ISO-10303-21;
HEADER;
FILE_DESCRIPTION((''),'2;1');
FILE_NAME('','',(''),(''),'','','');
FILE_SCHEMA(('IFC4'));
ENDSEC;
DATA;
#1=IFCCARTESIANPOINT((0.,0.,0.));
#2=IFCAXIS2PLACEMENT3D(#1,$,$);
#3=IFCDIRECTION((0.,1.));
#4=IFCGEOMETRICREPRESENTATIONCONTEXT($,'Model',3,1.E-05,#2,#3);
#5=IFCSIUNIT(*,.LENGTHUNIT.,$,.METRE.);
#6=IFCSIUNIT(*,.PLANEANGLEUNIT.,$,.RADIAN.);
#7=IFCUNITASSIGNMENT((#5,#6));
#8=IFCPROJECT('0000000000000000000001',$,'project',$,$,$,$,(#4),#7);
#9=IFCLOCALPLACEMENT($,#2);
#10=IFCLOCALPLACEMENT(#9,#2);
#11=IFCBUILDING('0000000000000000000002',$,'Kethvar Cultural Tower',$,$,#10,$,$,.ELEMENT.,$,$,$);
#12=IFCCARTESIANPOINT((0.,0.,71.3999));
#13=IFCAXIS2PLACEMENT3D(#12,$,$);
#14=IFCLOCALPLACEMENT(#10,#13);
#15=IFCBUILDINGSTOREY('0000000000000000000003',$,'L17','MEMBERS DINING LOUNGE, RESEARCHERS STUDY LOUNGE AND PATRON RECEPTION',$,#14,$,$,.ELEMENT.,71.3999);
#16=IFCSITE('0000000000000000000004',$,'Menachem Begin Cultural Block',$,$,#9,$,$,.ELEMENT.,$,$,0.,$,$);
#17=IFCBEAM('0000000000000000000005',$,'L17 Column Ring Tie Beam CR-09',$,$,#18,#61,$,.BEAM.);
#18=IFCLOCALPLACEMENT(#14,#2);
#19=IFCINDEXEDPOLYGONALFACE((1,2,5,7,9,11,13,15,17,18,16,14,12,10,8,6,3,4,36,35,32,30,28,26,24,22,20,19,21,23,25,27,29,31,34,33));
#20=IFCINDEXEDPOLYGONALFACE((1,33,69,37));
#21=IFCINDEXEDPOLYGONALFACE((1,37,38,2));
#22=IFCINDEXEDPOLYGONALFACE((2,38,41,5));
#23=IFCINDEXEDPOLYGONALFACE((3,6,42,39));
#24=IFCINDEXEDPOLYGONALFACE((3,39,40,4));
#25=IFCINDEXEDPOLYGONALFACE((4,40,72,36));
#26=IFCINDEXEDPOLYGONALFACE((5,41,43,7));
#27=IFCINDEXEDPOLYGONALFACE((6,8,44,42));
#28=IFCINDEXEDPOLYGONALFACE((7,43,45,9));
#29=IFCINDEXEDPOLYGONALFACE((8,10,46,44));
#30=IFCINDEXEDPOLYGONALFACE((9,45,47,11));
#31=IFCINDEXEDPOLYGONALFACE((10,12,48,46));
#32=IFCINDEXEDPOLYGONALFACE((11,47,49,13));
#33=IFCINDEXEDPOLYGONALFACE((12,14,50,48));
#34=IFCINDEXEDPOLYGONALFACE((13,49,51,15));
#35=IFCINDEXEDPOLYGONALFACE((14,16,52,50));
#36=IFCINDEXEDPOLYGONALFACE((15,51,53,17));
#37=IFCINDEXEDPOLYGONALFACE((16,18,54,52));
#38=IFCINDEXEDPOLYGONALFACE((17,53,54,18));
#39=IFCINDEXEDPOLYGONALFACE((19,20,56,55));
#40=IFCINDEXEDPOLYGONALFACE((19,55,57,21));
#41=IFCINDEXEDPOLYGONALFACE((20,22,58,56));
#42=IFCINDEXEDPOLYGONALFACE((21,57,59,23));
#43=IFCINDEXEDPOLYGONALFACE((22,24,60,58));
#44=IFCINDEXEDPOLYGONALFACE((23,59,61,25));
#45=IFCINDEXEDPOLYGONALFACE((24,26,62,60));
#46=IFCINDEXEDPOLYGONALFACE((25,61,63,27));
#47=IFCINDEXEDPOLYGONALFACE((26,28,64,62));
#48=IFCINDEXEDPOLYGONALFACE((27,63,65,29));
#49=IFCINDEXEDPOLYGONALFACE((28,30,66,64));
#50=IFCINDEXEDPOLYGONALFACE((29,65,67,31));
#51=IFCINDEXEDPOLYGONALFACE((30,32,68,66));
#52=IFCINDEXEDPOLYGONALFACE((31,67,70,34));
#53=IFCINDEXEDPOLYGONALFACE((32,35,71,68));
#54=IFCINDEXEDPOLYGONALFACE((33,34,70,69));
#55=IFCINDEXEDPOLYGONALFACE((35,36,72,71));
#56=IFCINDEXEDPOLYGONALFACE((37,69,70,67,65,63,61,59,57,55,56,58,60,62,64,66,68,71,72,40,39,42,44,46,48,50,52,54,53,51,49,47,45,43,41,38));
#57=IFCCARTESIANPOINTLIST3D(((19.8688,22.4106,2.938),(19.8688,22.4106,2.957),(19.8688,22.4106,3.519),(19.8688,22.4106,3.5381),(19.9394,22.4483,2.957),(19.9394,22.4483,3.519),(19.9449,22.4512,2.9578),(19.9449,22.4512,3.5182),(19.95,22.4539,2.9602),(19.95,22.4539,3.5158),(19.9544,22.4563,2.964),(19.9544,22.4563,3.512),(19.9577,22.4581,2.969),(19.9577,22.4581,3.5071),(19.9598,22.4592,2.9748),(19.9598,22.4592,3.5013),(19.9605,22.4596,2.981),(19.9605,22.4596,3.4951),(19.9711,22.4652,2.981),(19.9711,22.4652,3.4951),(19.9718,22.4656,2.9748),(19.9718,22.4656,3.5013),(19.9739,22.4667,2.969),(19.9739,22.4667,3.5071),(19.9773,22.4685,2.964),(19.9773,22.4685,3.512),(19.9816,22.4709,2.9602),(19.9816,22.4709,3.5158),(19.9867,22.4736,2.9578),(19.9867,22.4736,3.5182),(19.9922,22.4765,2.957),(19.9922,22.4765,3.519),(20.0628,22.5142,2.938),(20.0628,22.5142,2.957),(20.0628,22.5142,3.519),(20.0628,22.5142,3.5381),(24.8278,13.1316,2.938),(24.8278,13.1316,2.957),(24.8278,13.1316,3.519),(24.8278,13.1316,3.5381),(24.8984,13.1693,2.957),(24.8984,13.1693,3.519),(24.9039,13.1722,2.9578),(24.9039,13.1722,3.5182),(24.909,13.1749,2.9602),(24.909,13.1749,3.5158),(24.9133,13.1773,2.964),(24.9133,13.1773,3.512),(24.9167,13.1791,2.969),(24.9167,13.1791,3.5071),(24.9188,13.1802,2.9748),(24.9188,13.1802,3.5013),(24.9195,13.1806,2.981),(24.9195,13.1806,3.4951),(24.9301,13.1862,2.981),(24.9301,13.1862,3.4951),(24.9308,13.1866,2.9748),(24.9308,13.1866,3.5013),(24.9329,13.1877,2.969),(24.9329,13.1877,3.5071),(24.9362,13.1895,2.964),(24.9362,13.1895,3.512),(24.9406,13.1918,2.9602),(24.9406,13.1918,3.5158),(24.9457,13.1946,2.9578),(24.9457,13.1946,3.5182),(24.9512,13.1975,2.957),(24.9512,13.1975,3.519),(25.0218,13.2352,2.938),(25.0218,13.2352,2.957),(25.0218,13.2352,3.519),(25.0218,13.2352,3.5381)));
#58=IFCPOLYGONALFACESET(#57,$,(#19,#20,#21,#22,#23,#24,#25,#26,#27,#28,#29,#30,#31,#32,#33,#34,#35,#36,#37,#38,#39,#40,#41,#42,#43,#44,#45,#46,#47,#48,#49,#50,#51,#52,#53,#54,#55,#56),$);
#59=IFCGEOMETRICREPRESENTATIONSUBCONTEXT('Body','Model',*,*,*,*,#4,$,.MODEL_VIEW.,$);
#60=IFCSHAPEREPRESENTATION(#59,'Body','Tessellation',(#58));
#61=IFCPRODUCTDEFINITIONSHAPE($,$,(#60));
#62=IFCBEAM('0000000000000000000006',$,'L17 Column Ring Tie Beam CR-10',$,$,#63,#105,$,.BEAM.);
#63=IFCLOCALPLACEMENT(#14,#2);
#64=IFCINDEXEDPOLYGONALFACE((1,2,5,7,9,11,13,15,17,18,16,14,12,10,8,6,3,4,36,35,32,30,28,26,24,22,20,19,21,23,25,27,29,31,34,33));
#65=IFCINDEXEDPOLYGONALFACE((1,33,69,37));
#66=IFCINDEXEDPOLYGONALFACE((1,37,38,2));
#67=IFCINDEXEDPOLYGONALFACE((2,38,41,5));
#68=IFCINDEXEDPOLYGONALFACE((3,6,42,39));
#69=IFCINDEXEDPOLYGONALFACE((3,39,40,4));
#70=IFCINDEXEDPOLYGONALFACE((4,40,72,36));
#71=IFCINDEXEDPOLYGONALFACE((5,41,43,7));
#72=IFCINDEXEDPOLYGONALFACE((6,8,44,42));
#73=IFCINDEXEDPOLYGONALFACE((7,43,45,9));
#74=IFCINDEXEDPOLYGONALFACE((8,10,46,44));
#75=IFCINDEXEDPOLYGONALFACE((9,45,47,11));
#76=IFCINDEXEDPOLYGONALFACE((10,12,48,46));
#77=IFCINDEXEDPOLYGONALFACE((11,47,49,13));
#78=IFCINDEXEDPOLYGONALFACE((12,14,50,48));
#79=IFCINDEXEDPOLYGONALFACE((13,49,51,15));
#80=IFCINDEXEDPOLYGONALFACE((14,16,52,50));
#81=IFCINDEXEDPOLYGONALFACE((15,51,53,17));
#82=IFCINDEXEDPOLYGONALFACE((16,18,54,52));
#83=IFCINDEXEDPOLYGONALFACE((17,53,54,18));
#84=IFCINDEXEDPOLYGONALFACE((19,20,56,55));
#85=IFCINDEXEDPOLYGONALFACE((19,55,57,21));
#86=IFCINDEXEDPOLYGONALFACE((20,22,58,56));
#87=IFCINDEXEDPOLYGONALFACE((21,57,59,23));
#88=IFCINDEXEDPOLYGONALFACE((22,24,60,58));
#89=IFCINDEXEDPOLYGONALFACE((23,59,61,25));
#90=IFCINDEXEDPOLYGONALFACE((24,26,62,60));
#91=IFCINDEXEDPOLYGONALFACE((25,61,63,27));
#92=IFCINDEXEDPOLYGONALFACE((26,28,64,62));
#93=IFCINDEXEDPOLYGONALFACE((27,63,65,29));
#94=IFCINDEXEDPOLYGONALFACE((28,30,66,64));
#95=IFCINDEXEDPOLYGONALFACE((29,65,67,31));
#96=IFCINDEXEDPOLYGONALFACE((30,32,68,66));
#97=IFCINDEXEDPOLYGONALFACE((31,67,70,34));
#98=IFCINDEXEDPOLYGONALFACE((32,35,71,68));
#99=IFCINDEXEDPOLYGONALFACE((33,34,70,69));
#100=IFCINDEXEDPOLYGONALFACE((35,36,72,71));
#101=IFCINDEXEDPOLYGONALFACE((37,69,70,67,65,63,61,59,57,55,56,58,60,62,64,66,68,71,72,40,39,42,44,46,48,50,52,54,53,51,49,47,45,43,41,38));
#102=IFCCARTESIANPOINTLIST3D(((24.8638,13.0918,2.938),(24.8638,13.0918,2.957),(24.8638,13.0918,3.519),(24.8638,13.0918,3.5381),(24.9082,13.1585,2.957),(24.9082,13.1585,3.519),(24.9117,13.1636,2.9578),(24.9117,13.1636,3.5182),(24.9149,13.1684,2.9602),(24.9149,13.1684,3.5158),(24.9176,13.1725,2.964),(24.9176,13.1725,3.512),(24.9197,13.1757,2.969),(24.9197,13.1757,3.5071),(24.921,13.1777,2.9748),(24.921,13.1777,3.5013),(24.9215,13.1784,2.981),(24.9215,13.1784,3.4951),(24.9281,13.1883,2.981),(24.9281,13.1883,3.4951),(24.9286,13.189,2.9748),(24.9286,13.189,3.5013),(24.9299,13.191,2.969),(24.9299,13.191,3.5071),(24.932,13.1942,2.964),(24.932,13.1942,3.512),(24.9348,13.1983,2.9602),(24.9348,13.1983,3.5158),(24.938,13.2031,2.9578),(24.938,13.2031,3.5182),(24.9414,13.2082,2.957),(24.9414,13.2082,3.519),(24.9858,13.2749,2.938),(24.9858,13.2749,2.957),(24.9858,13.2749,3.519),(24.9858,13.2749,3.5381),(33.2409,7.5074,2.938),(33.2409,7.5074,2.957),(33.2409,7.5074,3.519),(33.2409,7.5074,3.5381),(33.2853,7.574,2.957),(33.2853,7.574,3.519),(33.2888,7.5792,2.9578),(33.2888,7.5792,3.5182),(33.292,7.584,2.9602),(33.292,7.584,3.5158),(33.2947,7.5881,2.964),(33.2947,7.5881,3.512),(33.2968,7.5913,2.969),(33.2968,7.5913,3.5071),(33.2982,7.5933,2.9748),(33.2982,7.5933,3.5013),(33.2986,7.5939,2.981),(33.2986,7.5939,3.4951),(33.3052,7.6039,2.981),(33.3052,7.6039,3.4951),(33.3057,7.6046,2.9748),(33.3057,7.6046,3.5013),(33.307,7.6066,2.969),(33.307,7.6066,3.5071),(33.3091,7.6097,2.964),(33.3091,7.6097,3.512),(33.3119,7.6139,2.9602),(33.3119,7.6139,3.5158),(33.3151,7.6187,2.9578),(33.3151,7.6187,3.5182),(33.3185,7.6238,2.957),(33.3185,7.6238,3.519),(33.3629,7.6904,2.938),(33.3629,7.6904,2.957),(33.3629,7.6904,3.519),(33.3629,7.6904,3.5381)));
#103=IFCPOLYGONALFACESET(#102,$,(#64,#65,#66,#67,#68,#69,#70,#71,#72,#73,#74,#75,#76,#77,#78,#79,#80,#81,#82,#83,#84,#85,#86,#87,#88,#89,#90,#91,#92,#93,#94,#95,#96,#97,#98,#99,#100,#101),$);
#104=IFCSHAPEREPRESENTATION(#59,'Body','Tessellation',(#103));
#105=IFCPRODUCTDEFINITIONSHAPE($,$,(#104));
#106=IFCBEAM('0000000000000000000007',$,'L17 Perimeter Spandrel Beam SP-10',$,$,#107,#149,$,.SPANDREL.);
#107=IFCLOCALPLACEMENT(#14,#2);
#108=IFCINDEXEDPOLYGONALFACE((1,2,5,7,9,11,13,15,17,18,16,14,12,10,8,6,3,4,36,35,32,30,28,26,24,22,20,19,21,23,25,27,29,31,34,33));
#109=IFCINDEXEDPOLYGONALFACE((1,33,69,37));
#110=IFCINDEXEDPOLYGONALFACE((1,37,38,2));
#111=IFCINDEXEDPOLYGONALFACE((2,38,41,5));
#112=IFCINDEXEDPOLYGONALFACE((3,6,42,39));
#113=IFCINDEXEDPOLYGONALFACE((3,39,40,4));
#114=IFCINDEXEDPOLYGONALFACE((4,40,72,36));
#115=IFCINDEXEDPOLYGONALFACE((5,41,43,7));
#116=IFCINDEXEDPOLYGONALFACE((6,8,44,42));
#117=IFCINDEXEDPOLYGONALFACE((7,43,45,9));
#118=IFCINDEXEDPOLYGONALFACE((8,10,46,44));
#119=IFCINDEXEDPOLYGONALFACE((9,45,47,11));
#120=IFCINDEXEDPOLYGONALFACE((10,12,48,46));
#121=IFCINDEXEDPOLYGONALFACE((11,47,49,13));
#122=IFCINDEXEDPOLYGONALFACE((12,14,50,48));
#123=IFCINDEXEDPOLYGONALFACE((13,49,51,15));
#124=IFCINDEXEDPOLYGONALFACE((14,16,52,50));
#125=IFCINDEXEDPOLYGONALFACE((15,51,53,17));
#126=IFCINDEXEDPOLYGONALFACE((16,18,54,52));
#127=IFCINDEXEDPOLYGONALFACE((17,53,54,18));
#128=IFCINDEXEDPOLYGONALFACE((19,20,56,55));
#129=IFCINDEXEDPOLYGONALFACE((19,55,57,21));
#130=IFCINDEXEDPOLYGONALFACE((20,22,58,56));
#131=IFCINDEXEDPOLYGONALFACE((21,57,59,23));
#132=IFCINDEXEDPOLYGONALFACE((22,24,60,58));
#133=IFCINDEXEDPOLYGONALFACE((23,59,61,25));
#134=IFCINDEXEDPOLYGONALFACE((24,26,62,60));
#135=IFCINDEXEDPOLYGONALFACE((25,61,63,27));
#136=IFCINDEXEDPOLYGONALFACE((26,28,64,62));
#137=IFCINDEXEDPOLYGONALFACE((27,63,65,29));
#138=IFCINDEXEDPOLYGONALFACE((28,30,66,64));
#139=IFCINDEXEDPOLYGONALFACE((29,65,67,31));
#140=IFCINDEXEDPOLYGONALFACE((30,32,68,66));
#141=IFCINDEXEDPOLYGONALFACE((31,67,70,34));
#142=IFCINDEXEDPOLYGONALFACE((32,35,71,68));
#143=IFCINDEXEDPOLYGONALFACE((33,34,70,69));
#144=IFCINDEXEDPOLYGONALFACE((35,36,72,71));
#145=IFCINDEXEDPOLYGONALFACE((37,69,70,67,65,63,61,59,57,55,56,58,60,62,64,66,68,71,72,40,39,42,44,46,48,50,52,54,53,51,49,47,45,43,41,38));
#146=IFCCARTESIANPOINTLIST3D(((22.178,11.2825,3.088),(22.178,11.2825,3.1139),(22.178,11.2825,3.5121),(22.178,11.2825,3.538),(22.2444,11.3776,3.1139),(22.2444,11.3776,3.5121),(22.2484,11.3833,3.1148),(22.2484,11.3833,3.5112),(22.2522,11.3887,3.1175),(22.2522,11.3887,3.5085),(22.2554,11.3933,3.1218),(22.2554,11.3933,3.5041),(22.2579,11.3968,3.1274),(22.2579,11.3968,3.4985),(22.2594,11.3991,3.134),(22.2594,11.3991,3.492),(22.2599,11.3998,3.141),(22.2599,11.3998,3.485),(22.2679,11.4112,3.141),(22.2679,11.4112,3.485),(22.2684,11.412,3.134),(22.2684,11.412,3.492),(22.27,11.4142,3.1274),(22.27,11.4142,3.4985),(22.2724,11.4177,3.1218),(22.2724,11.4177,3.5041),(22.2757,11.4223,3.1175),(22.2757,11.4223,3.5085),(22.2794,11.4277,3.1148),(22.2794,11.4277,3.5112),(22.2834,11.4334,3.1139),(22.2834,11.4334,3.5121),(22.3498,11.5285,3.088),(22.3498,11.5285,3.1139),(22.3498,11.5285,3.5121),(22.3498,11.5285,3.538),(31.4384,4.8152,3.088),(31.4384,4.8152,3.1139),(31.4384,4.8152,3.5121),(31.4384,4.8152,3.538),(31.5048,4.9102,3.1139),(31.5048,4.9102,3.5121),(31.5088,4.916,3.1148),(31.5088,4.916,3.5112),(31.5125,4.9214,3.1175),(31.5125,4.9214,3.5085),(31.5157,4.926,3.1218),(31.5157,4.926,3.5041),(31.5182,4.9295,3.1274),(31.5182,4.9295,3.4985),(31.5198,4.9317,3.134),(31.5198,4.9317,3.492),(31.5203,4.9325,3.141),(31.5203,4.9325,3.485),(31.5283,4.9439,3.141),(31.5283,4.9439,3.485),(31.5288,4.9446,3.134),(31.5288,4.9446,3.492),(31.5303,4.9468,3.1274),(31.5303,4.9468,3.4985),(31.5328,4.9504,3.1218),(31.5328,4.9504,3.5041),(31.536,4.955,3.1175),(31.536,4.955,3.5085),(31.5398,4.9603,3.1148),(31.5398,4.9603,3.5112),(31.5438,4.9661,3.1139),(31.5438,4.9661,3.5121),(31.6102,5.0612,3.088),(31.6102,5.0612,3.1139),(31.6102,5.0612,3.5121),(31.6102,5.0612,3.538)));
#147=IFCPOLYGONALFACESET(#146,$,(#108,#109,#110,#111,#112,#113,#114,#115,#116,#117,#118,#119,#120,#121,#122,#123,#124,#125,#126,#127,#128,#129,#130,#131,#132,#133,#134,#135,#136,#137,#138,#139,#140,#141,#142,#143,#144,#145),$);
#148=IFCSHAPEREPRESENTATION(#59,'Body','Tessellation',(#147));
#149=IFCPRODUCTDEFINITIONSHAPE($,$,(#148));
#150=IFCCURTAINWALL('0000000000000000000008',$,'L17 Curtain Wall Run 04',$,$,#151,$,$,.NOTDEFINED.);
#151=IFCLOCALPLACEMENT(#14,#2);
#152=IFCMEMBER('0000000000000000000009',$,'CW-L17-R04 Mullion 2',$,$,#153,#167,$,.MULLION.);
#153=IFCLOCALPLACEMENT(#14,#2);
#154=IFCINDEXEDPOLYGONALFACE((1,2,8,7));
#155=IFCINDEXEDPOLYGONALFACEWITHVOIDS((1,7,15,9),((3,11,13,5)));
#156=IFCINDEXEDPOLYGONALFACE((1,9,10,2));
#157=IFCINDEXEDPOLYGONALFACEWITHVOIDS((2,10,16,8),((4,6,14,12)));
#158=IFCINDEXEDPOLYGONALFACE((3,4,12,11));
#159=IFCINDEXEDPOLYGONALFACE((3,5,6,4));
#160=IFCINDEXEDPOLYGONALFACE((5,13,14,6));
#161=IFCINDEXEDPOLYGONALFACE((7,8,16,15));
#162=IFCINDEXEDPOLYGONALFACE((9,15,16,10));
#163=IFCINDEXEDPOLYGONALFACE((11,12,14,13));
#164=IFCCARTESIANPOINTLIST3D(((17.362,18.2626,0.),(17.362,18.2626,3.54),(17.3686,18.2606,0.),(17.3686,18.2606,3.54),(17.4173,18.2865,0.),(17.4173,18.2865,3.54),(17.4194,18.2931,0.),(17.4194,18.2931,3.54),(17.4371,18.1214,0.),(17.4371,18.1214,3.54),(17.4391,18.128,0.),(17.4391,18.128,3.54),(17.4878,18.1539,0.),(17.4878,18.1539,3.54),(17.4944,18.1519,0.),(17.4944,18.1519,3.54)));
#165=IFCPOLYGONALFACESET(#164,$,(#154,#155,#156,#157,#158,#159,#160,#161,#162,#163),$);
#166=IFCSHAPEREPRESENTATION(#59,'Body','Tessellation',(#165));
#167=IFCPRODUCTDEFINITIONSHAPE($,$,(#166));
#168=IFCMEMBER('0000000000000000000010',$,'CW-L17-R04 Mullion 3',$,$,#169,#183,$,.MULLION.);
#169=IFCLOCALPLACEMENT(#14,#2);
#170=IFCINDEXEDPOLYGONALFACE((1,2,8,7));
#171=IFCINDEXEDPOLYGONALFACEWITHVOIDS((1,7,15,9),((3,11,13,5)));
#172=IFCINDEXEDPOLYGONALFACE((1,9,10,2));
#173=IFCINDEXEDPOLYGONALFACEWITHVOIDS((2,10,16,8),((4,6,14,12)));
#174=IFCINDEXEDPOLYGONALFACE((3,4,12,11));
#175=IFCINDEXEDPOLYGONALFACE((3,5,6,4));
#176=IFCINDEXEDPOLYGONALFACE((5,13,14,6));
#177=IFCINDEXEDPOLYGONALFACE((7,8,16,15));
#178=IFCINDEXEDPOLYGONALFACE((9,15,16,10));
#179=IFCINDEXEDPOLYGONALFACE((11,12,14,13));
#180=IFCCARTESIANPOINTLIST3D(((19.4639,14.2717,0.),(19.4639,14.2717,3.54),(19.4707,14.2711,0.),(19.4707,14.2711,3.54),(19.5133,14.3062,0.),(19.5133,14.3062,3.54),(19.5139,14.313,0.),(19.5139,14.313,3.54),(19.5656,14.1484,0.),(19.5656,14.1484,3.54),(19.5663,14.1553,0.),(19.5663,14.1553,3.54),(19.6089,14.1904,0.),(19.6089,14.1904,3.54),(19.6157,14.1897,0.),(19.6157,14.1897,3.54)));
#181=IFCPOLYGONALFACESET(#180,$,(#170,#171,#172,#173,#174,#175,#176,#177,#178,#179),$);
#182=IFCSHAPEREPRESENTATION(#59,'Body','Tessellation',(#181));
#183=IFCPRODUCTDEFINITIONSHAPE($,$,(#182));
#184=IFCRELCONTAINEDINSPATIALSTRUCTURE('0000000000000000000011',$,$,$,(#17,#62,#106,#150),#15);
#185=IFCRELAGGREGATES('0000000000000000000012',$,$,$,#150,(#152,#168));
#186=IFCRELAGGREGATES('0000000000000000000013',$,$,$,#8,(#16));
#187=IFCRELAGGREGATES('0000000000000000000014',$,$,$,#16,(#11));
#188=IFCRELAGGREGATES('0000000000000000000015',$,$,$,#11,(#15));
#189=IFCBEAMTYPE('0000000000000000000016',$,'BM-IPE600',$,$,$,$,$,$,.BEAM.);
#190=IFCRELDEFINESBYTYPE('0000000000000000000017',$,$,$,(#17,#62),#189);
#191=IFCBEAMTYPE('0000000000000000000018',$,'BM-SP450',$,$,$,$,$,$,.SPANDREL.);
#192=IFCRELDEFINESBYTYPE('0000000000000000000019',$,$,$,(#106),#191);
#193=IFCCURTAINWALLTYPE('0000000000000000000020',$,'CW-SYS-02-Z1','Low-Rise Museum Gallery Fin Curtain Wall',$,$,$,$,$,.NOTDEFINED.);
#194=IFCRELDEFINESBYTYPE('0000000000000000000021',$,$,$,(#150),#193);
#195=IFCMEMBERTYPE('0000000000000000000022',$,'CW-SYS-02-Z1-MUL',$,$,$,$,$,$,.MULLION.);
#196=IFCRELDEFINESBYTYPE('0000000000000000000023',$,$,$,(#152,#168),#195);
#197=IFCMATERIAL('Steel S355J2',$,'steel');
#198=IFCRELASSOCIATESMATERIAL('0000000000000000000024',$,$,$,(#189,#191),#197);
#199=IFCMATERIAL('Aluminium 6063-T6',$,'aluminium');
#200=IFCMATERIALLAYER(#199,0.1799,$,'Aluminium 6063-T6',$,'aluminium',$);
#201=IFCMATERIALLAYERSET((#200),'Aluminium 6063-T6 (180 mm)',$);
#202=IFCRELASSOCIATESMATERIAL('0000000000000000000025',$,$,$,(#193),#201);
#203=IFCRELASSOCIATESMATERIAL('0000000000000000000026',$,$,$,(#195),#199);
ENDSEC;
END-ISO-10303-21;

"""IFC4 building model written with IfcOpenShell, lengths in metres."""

from ifc_helpers import new_model, si_unit, direction, frame, origin, origin_2d, place, context, subcontext, project, spatial, hollow_rectangle, i_section, extrude, source, transform, mapped, material, layer, layer_set, material_profile, profile_set, type_object, element, aggregate, save


model = new_model("IFC4")

# Units and contexts
model_context = context("Model", 3, precision=1e-05, world=origin(), true_north=direction((0.0, 1.0)))
body_context = subcontext(model_context, "Body", "Model", "MODEL_VIEW")
ifc_project = project(units=[si_unit("LENGTHUNIT", "METRE"), si_unit("PLANEANGLEUNIT", "RADIAN")], contexts=[model_context])

# Site, building, storey
site_placement = place(None, origin())
site = spatial("IfcSite", under=ifc_project, at=site_placement, Name="Menachem Begin Cultural Block", CompositionType="ELEMENT", RefElevation=0.0)
building_placement = place(site_placement, origin())
building = spatial("IfcBuilding", under=site, at=building_placement, Name="Kethvar Cultural Tower", CompositionType="ELEMENT")
storey_placement = place(building_placement, frame((0.0, 0.0, 71.3999)))
storey = spatial("IfcBuildingStorey", under=building, at=storey_placement, Name="L17", Description="MEMBERS DINING LOUNGE, RESEARCHERS STUDY LOUNGE AND PATRON RECEPTION", CompositionType="ELEMENT", Elevation=71.3999)

# Beams
ifc_material_1 = material(Name="Steel S355J2", Category="steel")
ifc_material_profile_1 = material_profile(ifc_material_1, i_section(OverallWidth=0.22, OverallDepth=0.6001, WebThickness=0.012, FlangeThickness=0.019, FilletRadius=0.0239, at=origin_2d()), Name="Steel S355J2 — IPE600")
ifc_profile_set_1 = profile_set([ifc_material_profile_1], Name="Steel S355J2 — IPE600")
beam_type_1 = type_object("IfcBeamType", Name="BM-IPE600", PredefinedType="BEAM", material=ifc_profile_set_1)
shared_shape_1 = source(origin(), body_context, "Body", "SweptSolid", [
    extrude(i_section(OverallWidth=0.22, OverallDepth=0.6001, WebThickness=0.012, FlangeThickness=0.019, FilletRadius=0.0239, at=origin_2d()), origin(), (0.0, 0.0, 1.0), 10.521),
])
beam_1_placement = place(storey_placement, frame((19.9658, 22.4624, 3.238), z_axis=(0.47134, -0.881952, 0.0), x_axis=(0.881952, 0.47134, 0.0)))
element("IfcBeam", 1, at=beam_1_placement, inside=storey, type_object=beam_type_1, Name="L17 Column Ring Tie Beam CR-09", PredefinedType="BEAM", context=body_context, shape_type="MappedRepresentation", body=[
    mapped(shared_shape_1, transform((0.0, 0.0, 0.0), scale=1.0)),
])
shared_shape_2 = source(origin(), body_context, "Body", "SweptSolid", [
    extrude(i_section(OverallWidth=0.22, OverallDepth=0.6001, WebThickness=0.012, FlangeThickness=0.019, FilletRadius=0.0239, at=origin_2d()), origin(), (0.0, 0.0, 1.0), 10.0679),
])
beam_2_placement = place(storey_placement, frame((24.9248, 13.1833, 3.238), z_axis=(0.832065, -0.554678, 0.0), x_axis=(0.554678, 0.832065, 0.0)))
element("IfcBeam", 2, at=beam_2_placement, inside=storey, type_object=beam_type_1, Name="L17 Column Ring Tie Beam CR-10", PredefinedType="BEAM", context=body_context, shape_type="MappedRepresentation", body=[
    mapped(shared_shape_2, transform((0.0, 0.0, 0.0), scale=1.0)),
])
ifc_material_profile_2 = material_profile(ifc_material_1, i_section(OverallWidth=0.3, OverallDepth=0.45, WebThickness=0.0139, FlangeThickness=0.0259, FilletRadius=0.0271, at=origin_2d()), Name="Steel S355J2 — HEB450")
ifc_profile_set_2 = profile_set([ifc_material_profile_2], Name="Steel S355J2 — HEB450")
beam_type_2 = type_object("IfcBeamType", Name="BM-SP450", PredefinedType="SPANDREL", material=ifc_profile_set_2)
shared_shape_3 = source(origin(), body_context, "Body", "SweptSolid", [
    extrude(i_section(OverallWidth=0.3, OverallDepth=0.45, WebThickness=0.0139, FlangeThickness=0.0259, FilletRadius=0.0271, at=origin_2d()), origin(), (0.0, 0.0, 1.0), 11.2952),
])
beam_3_placement = place(storey_placement, frame((22.2639, 11.4055, 3.313), z_axis=(0.819851, -0.572577, 0.0), x_axis=(0.572577, 0.819851, 0.0)))
element("IfcBeam", 3, at=beam_3_placement, inside=storey, type_object=beam_type_2, Name="L17 Perimeter Spandrel Beam SP-10", PredefinedType="SPANDREL", context=body_context, shape_type="MappedRepresentation", body=[
    mapped(shared_shape_3, transform((0.0, 0.0, 0.0), scale=1.0)),
])

# Curtain wall, members
ifc_material_2 = material(Name="Aluminium 6063-T6", Category="aluminium")
ifc_layer_1 = layer(ifc_material_2, 0.1799, Name="Aluminium 6063-T6", Category="aluminium")
ifc_layer_set_1 = layer_set([ifc_layer_1], Name="Aluminium 6063-T6 (180 mm)")
curtain_wall_type = type_object("IfcCurtainWallType", Name="CW-SYS-02-Z1", Description="Low-Rise Museum Gallery Fin Curtain Wall", PredefinedType="NOTDEFINED", material=ifc_layer_set_1)
curtain_wall_placement = place(storey_placement, origin())
curtain_wall = element("IfcCurtainWall", 4, at=curtain_wall_placement, inside=storey, type_object=curtain_wall_type, Name="L17 Curtain Wall Run 04", PredefinedType="NOTDEFINED")
ifc_material_profile_3 = material_profile(ifc_material_2, hollow_rectangle(XDim=0.0649, YDim=0.1599, WallThickness=0.0049, at=origin_2d()), Name="Aluminium 6063-T6 — RHS160x65x5")
ifc_profile_set_3 = profile_set([ifc_material_profile_3], Name="Aluminium 6063-T6 — RHS160x65x5")
member_type_1 = type_object("IfcMemberType", Name="CW-SYS-02-Z1-MUL", PredefinedType="MULLION", material=ifc_profile_set_3)
shared_shape_4 = source(origin(), body_context, "Body", "SweptSolid", [
    extrude(hollow_rectangle(XDim=0.0649, YDim=0.1599, WallThickness=0.0049, at=origin_2d()), origin(), (0.0, 0.0, 1.0), 3.54),
])
member_1_placement = place(storey_placement, frame((17.4282, 18.2073, 0.0), z_axis=(0.0, 0.0, 1.0), x_axis=(0.882939, 0.469487, 0.0)))
member_1 = element("IfcMember", 5, at=member_1_placement, type_object=member_type_1, Name="CW-L17-R04 Mullion 2", PredefinedType="MULLION", context=body_context, shape_type="MappedRepresentation", body=[
    mapped(shared_shape_4, transform((0.0, 0.0, 0.0), scale=1.0)),
])
member_2_placement = place(storey_placement, frame((19.5398, 14.2307, 0.0), z_axis=(0.0, 0.0, 1.0), x_axis=(0.771258, 0.636523, 0.0)))
member_2 = element("IfcMember", 6, at=member_2_placement, type_object=member_type_1, Name="CW-L17-R04 Mullion 3", PredefinedType="MULLION", context=body_context, shape_type="MappedRepresentation", body=[
    mapped(shared_shape_4, transform((0.0, 0.0, 0.0), scale=1.0)),
])
aggregate(curtain_wall, [member_1, member_2])

save(model, "model.ifc")
